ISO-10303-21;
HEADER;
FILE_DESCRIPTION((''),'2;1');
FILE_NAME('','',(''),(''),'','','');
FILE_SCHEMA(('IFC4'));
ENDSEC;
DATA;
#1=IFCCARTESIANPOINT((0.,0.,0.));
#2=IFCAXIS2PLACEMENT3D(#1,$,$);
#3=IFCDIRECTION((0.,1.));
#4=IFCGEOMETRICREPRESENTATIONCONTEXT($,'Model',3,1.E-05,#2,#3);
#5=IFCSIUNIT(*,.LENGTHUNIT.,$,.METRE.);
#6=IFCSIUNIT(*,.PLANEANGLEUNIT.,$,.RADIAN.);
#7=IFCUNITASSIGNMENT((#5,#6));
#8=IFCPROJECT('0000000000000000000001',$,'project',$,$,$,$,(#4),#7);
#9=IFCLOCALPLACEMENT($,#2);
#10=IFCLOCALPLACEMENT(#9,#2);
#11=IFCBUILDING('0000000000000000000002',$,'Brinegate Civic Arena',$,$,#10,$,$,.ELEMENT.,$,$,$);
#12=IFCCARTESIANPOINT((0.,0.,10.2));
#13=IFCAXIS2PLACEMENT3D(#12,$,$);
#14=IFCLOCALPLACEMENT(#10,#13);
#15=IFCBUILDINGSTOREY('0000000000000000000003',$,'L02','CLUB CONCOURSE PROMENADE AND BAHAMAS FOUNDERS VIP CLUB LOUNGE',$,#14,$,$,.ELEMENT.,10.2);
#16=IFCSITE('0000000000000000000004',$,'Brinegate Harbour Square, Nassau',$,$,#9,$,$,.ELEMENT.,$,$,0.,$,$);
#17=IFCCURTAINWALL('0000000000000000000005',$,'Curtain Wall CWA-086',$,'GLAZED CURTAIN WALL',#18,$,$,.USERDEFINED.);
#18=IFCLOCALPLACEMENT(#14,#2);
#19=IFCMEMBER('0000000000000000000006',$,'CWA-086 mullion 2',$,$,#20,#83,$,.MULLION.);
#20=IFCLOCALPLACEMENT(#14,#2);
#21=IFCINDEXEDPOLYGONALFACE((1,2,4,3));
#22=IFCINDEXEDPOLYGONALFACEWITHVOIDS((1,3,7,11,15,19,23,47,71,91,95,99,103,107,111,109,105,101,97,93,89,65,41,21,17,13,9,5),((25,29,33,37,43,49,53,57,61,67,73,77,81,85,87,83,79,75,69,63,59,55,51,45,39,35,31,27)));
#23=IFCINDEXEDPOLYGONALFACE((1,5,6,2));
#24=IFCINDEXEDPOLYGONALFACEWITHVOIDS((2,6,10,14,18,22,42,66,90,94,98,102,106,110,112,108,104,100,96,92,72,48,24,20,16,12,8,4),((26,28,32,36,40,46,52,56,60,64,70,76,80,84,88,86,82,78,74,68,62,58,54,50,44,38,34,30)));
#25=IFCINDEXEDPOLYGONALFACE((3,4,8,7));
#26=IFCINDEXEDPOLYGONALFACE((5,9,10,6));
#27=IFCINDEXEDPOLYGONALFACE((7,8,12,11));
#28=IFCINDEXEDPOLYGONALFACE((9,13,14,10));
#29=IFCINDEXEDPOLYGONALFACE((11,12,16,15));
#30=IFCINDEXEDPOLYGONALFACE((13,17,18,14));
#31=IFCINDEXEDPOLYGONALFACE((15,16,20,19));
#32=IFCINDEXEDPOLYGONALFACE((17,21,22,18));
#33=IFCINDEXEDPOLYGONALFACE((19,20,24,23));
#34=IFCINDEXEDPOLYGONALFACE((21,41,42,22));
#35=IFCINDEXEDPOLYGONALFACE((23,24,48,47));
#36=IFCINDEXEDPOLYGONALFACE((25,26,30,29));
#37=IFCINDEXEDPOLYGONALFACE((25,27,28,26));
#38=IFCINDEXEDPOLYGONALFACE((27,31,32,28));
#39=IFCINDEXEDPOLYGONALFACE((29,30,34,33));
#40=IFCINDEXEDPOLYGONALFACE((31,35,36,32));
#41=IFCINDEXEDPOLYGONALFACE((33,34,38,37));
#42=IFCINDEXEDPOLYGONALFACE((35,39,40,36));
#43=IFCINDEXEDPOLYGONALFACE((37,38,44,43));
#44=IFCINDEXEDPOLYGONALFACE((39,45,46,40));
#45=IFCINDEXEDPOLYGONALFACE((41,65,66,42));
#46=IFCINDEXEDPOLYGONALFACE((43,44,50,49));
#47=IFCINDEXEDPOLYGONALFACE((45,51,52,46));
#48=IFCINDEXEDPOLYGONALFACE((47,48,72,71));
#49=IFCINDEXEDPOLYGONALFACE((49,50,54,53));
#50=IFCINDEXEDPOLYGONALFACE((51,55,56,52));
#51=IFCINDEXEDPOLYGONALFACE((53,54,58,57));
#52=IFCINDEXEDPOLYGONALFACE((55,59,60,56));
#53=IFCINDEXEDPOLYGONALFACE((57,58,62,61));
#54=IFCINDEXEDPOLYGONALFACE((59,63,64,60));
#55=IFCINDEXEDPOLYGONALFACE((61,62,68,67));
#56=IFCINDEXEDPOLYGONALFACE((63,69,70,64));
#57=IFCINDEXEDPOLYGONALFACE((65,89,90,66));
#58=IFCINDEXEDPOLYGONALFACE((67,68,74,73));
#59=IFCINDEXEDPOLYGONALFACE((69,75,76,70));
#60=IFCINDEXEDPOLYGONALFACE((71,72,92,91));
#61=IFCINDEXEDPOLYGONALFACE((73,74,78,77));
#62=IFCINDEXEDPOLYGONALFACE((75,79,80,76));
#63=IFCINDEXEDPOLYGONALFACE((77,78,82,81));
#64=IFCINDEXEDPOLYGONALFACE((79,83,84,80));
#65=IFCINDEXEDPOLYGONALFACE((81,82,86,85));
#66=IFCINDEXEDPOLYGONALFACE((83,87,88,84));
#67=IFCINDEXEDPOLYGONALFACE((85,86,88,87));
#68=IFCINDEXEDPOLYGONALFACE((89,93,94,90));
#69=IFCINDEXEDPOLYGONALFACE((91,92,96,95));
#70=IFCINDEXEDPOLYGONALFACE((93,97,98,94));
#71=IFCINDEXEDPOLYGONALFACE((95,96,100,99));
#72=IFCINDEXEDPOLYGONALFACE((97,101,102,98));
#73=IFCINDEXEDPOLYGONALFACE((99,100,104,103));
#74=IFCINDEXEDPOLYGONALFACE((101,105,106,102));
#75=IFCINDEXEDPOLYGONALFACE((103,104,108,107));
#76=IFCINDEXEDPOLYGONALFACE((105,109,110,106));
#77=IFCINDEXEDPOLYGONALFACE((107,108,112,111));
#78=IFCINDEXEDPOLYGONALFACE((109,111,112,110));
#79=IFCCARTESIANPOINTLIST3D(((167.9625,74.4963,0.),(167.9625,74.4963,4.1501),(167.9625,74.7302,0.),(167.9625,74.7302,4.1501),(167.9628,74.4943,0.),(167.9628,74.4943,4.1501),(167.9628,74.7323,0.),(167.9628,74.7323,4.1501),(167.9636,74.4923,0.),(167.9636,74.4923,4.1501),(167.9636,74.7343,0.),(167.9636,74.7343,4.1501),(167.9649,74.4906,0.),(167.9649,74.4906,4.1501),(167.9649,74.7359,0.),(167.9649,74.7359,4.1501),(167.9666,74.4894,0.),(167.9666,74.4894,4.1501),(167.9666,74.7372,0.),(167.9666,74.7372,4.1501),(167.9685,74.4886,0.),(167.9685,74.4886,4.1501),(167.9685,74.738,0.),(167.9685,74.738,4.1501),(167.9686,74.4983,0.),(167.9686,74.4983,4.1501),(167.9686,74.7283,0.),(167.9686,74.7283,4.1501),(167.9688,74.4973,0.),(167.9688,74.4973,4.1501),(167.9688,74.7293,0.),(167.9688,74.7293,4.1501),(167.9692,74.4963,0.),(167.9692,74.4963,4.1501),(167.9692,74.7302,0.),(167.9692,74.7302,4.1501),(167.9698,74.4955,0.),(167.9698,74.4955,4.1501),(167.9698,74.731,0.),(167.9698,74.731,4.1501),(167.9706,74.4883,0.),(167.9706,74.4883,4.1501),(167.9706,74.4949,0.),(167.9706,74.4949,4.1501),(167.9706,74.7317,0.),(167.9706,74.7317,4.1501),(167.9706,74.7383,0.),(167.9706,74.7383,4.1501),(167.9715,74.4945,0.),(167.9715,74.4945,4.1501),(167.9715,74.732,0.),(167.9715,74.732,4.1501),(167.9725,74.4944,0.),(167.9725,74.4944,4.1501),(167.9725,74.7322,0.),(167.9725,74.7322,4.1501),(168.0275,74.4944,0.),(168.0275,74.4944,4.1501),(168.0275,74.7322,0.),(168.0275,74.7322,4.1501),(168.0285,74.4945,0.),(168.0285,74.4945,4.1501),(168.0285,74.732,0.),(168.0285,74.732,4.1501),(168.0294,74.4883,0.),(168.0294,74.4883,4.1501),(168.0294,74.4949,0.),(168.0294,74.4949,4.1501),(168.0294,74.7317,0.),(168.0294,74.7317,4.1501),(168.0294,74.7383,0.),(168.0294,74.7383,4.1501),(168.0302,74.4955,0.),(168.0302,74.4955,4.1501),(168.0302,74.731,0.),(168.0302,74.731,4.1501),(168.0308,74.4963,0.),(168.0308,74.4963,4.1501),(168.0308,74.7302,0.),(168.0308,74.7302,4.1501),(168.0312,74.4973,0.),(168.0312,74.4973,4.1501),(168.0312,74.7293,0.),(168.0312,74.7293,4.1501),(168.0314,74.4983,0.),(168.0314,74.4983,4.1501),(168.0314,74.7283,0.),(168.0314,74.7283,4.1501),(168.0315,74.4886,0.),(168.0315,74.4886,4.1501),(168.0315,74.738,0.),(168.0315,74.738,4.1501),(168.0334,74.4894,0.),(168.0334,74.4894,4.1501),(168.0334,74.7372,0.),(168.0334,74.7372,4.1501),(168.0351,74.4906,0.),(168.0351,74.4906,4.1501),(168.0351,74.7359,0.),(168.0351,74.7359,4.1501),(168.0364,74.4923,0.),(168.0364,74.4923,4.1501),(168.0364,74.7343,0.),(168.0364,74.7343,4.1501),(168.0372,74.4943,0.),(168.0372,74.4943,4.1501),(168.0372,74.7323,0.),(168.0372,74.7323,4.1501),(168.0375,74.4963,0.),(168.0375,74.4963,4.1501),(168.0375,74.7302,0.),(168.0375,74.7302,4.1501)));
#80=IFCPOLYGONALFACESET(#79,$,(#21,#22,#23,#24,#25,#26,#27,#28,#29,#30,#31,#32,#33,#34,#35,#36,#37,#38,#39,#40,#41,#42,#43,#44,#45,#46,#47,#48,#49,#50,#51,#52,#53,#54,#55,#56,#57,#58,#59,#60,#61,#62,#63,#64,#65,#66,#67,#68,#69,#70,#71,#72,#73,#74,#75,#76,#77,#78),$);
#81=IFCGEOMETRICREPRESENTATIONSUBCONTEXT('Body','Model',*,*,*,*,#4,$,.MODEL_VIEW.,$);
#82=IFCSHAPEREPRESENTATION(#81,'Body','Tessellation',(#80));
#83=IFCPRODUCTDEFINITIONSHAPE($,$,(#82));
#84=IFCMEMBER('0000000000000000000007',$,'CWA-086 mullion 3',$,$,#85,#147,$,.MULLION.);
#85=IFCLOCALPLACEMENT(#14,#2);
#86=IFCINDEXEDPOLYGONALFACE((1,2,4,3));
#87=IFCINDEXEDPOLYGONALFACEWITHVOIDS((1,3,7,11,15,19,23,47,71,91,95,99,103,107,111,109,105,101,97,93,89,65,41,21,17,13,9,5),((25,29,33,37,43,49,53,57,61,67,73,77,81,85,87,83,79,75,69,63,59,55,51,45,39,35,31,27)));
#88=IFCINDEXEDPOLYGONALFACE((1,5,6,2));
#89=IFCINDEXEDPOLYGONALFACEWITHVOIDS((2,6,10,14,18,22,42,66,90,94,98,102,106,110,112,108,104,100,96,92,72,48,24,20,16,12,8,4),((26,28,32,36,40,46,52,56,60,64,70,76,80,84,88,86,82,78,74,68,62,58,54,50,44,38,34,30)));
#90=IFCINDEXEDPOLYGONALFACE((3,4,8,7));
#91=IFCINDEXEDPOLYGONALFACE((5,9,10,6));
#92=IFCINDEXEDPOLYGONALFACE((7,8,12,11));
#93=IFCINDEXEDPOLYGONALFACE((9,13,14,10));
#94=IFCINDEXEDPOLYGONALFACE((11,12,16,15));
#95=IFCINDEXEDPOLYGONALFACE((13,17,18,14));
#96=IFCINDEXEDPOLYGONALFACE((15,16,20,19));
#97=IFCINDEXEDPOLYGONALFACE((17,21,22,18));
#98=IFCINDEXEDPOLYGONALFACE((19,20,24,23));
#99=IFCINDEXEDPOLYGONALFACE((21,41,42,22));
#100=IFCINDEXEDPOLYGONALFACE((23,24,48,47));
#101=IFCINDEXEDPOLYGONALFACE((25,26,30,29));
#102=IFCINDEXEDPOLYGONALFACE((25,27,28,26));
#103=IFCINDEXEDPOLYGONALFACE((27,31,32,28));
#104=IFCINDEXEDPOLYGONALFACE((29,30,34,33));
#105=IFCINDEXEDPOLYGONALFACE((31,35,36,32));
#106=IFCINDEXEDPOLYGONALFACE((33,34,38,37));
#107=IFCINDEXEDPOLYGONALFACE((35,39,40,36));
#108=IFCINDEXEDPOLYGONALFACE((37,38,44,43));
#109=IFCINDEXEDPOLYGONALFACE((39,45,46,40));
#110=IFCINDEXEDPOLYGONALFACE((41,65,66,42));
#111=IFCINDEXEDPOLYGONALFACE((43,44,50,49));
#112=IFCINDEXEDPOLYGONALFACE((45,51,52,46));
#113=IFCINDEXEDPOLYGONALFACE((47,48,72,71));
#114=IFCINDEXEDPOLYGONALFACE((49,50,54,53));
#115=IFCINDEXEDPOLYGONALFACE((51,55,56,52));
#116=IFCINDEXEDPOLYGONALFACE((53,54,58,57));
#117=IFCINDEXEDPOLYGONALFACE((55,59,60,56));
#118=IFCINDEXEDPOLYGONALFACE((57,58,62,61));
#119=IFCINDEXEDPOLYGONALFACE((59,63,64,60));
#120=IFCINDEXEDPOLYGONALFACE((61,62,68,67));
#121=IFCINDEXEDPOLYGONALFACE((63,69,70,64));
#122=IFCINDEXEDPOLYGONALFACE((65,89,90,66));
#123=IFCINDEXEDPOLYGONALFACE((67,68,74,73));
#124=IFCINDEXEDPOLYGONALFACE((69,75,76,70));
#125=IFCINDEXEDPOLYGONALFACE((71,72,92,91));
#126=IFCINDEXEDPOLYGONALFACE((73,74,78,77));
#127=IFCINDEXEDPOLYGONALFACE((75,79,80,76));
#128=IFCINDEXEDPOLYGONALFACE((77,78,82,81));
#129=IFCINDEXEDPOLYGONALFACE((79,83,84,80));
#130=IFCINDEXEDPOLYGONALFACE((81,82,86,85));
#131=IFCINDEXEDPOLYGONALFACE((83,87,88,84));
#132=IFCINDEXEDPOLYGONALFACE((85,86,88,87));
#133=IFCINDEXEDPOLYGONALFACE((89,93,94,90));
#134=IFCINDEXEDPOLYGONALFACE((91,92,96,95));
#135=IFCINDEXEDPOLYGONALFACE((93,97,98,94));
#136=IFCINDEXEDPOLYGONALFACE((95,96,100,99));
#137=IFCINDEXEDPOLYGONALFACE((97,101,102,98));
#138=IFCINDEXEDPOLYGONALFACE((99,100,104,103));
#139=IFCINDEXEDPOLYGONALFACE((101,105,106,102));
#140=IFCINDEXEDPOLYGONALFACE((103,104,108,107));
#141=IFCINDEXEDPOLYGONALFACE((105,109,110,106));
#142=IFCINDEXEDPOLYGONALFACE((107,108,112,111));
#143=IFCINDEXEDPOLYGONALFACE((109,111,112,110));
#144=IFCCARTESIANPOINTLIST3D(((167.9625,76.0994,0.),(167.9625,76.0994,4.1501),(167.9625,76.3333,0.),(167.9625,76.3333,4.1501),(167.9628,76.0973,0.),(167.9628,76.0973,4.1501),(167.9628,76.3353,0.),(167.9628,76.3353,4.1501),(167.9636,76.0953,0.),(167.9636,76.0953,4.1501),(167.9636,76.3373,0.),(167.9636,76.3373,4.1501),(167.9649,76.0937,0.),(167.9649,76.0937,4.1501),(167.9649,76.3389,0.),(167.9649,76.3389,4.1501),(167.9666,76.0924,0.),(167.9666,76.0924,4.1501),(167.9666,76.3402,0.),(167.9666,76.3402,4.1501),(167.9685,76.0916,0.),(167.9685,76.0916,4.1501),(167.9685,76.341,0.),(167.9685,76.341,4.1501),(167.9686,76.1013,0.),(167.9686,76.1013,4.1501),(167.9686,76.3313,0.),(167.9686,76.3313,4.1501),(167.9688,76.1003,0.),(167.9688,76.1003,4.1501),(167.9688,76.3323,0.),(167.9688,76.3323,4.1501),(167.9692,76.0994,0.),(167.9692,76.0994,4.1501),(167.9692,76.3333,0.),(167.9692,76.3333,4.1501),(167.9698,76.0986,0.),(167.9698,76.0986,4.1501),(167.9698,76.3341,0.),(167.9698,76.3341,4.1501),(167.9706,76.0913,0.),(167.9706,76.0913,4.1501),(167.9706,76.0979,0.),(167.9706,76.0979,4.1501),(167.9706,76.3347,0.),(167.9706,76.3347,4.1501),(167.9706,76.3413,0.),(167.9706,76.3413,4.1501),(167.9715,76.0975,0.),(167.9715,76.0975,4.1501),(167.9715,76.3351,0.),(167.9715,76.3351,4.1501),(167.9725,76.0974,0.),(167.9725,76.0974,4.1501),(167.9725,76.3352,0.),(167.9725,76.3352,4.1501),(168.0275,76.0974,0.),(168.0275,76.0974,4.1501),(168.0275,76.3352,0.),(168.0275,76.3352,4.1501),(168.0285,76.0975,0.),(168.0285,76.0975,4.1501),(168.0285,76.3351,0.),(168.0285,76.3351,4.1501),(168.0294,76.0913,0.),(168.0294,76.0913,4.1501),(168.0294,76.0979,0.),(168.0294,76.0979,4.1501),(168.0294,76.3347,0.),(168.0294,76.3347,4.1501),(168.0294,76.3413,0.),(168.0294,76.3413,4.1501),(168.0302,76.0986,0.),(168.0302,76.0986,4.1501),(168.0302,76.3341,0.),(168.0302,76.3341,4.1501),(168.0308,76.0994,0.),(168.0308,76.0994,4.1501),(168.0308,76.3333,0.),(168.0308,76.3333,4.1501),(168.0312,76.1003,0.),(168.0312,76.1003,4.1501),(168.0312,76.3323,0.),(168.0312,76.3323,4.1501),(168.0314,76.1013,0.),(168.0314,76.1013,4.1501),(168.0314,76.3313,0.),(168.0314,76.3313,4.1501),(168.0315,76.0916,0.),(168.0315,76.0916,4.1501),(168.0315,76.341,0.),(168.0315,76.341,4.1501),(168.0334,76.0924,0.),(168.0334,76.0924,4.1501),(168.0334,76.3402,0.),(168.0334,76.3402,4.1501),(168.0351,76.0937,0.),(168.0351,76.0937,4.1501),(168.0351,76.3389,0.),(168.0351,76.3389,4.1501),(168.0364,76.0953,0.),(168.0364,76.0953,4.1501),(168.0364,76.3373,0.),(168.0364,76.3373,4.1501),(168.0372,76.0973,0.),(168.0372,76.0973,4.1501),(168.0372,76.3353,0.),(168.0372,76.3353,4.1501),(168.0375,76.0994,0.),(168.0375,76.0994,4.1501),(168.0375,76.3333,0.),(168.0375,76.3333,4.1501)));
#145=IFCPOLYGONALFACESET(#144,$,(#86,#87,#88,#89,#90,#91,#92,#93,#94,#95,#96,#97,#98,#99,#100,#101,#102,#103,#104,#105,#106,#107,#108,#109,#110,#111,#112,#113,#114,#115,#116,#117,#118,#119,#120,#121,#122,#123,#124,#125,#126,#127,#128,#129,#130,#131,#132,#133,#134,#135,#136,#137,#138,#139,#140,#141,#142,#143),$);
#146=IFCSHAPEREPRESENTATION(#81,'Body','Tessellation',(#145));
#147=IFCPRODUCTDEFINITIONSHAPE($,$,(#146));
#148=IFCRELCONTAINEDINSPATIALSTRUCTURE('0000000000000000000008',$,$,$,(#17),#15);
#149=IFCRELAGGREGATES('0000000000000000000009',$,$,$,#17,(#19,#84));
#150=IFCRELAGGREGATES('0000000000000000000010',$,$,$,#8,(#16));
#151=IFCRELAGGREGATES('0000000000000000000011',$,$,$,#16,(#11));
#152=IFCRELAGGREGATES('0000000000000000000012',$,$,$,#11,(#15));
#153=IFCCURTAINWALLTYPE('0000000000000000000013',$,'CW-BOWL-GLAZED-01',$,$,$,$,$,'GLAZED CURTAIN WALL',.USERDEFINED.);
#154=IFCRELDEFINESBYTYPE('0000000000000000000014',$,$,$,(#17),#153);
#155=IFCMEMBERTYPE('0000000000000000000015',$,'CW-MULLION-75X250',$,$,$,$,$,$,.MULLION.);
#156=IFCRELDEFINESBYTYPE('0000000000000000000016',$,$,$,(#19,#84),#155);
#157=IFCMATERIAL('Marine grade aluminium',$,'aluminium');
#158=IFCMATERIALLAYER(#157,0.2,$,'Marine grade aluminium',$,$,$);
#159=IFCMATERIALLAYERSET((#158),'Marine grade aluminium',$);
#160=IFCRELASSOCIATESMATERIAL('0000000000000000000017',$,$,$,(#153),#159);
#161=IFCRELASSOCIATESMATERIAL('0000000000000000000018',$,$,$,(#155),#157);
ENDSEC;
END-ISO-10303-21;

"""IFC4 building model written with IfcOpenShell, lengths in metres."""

from ifc_helpers import new_model, si_unit, direction, frame, origin, origin_2d, place, context, subcontext, project, spatial, hollow_rectangle, extrude, material, layer, layer_set, material_profile, profile_set, type_object, element, aggregate, save


model = new_model("IFC4")

# Units and contexts
model_context = context("Model", 3, precision=1e-05, world=origin(), true_north=direction((0.0, 1.0)))
body_context = subcontext(model_context, "Body", "Model", "MODEL_VIEW")
ifc_project = project(units=[si_unit("LENGTHUNIT", "METRE"), si_unit("PLANEANGLEUNIT", "RADIAN")], contexts=[model_context])

# Site, building, storey
site_placement = place(None, origin())
site = spatial("IfcSite", under=ifc_project, at=site_placement, Name="Brinegate Harbour Square, Nassau", CompositionType="ELEMENT", RefElevation=0.0)
building_placement = place(site_placement, origin())
building = spatial("IfcBuilding", under=site, at=building_placement, Name="Brinegate Civic Arena", CompositionType="ELEMENT")
storey_placement = place(building_placement, frame((0.0, 0.0, 10.2)))
storey = spatial("IfcBuildingStorey", under=building, at=storey_placement, Name="L02", Description="CLUB CONCOURSE PROMENADE AND BAHAMAS FOUNDERS VIP CLUB LOUNGE", CompositionType="ELEMENT", Elevation=10.2)

# Shared definitions
ifc_material_1 = material(Name="Marine grade aluminium", Category="aluminium")
ifc_layer_1 = layer(ifc_material_1, 0.2, Name="Marine grade aluminium")
ifc_layer_set_1 = layer_set([ifc_layer_1], Name="Marine grade aluminium")
curtain_wall_type = type_object("IfcCurtainWallType", Name="CW-BOWL-GLAZED-01", ElementType="GLAZED CURTAIN WALL", PredefinedType="USERDEFINED", material=ifc_layer_set_1)

# Curtain wall, members
curtain_wall_1_placement = place(storey_placement, origin())
curtain_wall_1 = element("IfcCurtainWall", 1, at=curtain_wall_1_placement, inside=storey, type_object=curtain_wall_type, Name="Curtain Wall CWA-086", ObjectType="GLAZED CURTAIN WALL", PredefinedType="USERDEFINED")
ifc_material_profile_1 = material_profile(ifc_material_1, hollow_rectangle(XDim=0.075, YDim=0.25, WallThickness=0.0061, InnerFilletRadius=0.0039, OuterFilletRadius=0.0081, at=origin_2d()), Name="MUL75X250")
ifc_profile_set_1 = profile_set([ifc_material_profile_1], Name="Marine grade aluminium")
member_type_1 = type_object("IfcMemberType", Name="CW-MULLION-75X250", PredefinedType="MULLION", material=ifc_profile_set_1)
member_1_placement = place(storey_placement, frame((168.0, 74.6133, 0.0), z_axis=(0.0, 0.0, 1.0), x_axis=(-1.0, 0.0, 0.0)))
member_1 = element("IfcMember", 2, at=member_1_placement, type_object=member_type_1, Name="CWA-086 mullion 2", PredefinedType="MULLION", context=body_context, shape_type="SweptSolid", body=[
    extrude(hollow_rectangle(XDim=0.075, YDim=0.25, WallThickness=0.0061, InnerFilletRadius=0.0039, OuterFilletRadius=0.0081, at=origin_2d()), origin(), (0.0, 0.0, 1.0), 4.1501),
])
member_2_placement = place(storey_placement, frame((168.0, 76.2163, 0.0), z_axis=(0.0, 0.0, 1.0), x_axis=(-1.0, 0.0, 0.0)))
member_2 = element("IfcMember", 3, at=member_2_placement, type_object=member_type_1, Name="CWA-086 mullion 3", PredefinedType="MULLION", context=body_context, shape_type="SweptSolid", body=[
    extrude(hollow_rectangle(XDim=0.075, YDim=0.25, WallThickness=0.0061, InnerFilletRadius=0.0039, OuterFilletRadius=0.0081, at=origin_2d()), origin(), (0.0, 0.0, 1.0), 4.1501),
])

aggregate(curtain_wall_1, [member_1, member_2])

save(model, "model.ifc")
